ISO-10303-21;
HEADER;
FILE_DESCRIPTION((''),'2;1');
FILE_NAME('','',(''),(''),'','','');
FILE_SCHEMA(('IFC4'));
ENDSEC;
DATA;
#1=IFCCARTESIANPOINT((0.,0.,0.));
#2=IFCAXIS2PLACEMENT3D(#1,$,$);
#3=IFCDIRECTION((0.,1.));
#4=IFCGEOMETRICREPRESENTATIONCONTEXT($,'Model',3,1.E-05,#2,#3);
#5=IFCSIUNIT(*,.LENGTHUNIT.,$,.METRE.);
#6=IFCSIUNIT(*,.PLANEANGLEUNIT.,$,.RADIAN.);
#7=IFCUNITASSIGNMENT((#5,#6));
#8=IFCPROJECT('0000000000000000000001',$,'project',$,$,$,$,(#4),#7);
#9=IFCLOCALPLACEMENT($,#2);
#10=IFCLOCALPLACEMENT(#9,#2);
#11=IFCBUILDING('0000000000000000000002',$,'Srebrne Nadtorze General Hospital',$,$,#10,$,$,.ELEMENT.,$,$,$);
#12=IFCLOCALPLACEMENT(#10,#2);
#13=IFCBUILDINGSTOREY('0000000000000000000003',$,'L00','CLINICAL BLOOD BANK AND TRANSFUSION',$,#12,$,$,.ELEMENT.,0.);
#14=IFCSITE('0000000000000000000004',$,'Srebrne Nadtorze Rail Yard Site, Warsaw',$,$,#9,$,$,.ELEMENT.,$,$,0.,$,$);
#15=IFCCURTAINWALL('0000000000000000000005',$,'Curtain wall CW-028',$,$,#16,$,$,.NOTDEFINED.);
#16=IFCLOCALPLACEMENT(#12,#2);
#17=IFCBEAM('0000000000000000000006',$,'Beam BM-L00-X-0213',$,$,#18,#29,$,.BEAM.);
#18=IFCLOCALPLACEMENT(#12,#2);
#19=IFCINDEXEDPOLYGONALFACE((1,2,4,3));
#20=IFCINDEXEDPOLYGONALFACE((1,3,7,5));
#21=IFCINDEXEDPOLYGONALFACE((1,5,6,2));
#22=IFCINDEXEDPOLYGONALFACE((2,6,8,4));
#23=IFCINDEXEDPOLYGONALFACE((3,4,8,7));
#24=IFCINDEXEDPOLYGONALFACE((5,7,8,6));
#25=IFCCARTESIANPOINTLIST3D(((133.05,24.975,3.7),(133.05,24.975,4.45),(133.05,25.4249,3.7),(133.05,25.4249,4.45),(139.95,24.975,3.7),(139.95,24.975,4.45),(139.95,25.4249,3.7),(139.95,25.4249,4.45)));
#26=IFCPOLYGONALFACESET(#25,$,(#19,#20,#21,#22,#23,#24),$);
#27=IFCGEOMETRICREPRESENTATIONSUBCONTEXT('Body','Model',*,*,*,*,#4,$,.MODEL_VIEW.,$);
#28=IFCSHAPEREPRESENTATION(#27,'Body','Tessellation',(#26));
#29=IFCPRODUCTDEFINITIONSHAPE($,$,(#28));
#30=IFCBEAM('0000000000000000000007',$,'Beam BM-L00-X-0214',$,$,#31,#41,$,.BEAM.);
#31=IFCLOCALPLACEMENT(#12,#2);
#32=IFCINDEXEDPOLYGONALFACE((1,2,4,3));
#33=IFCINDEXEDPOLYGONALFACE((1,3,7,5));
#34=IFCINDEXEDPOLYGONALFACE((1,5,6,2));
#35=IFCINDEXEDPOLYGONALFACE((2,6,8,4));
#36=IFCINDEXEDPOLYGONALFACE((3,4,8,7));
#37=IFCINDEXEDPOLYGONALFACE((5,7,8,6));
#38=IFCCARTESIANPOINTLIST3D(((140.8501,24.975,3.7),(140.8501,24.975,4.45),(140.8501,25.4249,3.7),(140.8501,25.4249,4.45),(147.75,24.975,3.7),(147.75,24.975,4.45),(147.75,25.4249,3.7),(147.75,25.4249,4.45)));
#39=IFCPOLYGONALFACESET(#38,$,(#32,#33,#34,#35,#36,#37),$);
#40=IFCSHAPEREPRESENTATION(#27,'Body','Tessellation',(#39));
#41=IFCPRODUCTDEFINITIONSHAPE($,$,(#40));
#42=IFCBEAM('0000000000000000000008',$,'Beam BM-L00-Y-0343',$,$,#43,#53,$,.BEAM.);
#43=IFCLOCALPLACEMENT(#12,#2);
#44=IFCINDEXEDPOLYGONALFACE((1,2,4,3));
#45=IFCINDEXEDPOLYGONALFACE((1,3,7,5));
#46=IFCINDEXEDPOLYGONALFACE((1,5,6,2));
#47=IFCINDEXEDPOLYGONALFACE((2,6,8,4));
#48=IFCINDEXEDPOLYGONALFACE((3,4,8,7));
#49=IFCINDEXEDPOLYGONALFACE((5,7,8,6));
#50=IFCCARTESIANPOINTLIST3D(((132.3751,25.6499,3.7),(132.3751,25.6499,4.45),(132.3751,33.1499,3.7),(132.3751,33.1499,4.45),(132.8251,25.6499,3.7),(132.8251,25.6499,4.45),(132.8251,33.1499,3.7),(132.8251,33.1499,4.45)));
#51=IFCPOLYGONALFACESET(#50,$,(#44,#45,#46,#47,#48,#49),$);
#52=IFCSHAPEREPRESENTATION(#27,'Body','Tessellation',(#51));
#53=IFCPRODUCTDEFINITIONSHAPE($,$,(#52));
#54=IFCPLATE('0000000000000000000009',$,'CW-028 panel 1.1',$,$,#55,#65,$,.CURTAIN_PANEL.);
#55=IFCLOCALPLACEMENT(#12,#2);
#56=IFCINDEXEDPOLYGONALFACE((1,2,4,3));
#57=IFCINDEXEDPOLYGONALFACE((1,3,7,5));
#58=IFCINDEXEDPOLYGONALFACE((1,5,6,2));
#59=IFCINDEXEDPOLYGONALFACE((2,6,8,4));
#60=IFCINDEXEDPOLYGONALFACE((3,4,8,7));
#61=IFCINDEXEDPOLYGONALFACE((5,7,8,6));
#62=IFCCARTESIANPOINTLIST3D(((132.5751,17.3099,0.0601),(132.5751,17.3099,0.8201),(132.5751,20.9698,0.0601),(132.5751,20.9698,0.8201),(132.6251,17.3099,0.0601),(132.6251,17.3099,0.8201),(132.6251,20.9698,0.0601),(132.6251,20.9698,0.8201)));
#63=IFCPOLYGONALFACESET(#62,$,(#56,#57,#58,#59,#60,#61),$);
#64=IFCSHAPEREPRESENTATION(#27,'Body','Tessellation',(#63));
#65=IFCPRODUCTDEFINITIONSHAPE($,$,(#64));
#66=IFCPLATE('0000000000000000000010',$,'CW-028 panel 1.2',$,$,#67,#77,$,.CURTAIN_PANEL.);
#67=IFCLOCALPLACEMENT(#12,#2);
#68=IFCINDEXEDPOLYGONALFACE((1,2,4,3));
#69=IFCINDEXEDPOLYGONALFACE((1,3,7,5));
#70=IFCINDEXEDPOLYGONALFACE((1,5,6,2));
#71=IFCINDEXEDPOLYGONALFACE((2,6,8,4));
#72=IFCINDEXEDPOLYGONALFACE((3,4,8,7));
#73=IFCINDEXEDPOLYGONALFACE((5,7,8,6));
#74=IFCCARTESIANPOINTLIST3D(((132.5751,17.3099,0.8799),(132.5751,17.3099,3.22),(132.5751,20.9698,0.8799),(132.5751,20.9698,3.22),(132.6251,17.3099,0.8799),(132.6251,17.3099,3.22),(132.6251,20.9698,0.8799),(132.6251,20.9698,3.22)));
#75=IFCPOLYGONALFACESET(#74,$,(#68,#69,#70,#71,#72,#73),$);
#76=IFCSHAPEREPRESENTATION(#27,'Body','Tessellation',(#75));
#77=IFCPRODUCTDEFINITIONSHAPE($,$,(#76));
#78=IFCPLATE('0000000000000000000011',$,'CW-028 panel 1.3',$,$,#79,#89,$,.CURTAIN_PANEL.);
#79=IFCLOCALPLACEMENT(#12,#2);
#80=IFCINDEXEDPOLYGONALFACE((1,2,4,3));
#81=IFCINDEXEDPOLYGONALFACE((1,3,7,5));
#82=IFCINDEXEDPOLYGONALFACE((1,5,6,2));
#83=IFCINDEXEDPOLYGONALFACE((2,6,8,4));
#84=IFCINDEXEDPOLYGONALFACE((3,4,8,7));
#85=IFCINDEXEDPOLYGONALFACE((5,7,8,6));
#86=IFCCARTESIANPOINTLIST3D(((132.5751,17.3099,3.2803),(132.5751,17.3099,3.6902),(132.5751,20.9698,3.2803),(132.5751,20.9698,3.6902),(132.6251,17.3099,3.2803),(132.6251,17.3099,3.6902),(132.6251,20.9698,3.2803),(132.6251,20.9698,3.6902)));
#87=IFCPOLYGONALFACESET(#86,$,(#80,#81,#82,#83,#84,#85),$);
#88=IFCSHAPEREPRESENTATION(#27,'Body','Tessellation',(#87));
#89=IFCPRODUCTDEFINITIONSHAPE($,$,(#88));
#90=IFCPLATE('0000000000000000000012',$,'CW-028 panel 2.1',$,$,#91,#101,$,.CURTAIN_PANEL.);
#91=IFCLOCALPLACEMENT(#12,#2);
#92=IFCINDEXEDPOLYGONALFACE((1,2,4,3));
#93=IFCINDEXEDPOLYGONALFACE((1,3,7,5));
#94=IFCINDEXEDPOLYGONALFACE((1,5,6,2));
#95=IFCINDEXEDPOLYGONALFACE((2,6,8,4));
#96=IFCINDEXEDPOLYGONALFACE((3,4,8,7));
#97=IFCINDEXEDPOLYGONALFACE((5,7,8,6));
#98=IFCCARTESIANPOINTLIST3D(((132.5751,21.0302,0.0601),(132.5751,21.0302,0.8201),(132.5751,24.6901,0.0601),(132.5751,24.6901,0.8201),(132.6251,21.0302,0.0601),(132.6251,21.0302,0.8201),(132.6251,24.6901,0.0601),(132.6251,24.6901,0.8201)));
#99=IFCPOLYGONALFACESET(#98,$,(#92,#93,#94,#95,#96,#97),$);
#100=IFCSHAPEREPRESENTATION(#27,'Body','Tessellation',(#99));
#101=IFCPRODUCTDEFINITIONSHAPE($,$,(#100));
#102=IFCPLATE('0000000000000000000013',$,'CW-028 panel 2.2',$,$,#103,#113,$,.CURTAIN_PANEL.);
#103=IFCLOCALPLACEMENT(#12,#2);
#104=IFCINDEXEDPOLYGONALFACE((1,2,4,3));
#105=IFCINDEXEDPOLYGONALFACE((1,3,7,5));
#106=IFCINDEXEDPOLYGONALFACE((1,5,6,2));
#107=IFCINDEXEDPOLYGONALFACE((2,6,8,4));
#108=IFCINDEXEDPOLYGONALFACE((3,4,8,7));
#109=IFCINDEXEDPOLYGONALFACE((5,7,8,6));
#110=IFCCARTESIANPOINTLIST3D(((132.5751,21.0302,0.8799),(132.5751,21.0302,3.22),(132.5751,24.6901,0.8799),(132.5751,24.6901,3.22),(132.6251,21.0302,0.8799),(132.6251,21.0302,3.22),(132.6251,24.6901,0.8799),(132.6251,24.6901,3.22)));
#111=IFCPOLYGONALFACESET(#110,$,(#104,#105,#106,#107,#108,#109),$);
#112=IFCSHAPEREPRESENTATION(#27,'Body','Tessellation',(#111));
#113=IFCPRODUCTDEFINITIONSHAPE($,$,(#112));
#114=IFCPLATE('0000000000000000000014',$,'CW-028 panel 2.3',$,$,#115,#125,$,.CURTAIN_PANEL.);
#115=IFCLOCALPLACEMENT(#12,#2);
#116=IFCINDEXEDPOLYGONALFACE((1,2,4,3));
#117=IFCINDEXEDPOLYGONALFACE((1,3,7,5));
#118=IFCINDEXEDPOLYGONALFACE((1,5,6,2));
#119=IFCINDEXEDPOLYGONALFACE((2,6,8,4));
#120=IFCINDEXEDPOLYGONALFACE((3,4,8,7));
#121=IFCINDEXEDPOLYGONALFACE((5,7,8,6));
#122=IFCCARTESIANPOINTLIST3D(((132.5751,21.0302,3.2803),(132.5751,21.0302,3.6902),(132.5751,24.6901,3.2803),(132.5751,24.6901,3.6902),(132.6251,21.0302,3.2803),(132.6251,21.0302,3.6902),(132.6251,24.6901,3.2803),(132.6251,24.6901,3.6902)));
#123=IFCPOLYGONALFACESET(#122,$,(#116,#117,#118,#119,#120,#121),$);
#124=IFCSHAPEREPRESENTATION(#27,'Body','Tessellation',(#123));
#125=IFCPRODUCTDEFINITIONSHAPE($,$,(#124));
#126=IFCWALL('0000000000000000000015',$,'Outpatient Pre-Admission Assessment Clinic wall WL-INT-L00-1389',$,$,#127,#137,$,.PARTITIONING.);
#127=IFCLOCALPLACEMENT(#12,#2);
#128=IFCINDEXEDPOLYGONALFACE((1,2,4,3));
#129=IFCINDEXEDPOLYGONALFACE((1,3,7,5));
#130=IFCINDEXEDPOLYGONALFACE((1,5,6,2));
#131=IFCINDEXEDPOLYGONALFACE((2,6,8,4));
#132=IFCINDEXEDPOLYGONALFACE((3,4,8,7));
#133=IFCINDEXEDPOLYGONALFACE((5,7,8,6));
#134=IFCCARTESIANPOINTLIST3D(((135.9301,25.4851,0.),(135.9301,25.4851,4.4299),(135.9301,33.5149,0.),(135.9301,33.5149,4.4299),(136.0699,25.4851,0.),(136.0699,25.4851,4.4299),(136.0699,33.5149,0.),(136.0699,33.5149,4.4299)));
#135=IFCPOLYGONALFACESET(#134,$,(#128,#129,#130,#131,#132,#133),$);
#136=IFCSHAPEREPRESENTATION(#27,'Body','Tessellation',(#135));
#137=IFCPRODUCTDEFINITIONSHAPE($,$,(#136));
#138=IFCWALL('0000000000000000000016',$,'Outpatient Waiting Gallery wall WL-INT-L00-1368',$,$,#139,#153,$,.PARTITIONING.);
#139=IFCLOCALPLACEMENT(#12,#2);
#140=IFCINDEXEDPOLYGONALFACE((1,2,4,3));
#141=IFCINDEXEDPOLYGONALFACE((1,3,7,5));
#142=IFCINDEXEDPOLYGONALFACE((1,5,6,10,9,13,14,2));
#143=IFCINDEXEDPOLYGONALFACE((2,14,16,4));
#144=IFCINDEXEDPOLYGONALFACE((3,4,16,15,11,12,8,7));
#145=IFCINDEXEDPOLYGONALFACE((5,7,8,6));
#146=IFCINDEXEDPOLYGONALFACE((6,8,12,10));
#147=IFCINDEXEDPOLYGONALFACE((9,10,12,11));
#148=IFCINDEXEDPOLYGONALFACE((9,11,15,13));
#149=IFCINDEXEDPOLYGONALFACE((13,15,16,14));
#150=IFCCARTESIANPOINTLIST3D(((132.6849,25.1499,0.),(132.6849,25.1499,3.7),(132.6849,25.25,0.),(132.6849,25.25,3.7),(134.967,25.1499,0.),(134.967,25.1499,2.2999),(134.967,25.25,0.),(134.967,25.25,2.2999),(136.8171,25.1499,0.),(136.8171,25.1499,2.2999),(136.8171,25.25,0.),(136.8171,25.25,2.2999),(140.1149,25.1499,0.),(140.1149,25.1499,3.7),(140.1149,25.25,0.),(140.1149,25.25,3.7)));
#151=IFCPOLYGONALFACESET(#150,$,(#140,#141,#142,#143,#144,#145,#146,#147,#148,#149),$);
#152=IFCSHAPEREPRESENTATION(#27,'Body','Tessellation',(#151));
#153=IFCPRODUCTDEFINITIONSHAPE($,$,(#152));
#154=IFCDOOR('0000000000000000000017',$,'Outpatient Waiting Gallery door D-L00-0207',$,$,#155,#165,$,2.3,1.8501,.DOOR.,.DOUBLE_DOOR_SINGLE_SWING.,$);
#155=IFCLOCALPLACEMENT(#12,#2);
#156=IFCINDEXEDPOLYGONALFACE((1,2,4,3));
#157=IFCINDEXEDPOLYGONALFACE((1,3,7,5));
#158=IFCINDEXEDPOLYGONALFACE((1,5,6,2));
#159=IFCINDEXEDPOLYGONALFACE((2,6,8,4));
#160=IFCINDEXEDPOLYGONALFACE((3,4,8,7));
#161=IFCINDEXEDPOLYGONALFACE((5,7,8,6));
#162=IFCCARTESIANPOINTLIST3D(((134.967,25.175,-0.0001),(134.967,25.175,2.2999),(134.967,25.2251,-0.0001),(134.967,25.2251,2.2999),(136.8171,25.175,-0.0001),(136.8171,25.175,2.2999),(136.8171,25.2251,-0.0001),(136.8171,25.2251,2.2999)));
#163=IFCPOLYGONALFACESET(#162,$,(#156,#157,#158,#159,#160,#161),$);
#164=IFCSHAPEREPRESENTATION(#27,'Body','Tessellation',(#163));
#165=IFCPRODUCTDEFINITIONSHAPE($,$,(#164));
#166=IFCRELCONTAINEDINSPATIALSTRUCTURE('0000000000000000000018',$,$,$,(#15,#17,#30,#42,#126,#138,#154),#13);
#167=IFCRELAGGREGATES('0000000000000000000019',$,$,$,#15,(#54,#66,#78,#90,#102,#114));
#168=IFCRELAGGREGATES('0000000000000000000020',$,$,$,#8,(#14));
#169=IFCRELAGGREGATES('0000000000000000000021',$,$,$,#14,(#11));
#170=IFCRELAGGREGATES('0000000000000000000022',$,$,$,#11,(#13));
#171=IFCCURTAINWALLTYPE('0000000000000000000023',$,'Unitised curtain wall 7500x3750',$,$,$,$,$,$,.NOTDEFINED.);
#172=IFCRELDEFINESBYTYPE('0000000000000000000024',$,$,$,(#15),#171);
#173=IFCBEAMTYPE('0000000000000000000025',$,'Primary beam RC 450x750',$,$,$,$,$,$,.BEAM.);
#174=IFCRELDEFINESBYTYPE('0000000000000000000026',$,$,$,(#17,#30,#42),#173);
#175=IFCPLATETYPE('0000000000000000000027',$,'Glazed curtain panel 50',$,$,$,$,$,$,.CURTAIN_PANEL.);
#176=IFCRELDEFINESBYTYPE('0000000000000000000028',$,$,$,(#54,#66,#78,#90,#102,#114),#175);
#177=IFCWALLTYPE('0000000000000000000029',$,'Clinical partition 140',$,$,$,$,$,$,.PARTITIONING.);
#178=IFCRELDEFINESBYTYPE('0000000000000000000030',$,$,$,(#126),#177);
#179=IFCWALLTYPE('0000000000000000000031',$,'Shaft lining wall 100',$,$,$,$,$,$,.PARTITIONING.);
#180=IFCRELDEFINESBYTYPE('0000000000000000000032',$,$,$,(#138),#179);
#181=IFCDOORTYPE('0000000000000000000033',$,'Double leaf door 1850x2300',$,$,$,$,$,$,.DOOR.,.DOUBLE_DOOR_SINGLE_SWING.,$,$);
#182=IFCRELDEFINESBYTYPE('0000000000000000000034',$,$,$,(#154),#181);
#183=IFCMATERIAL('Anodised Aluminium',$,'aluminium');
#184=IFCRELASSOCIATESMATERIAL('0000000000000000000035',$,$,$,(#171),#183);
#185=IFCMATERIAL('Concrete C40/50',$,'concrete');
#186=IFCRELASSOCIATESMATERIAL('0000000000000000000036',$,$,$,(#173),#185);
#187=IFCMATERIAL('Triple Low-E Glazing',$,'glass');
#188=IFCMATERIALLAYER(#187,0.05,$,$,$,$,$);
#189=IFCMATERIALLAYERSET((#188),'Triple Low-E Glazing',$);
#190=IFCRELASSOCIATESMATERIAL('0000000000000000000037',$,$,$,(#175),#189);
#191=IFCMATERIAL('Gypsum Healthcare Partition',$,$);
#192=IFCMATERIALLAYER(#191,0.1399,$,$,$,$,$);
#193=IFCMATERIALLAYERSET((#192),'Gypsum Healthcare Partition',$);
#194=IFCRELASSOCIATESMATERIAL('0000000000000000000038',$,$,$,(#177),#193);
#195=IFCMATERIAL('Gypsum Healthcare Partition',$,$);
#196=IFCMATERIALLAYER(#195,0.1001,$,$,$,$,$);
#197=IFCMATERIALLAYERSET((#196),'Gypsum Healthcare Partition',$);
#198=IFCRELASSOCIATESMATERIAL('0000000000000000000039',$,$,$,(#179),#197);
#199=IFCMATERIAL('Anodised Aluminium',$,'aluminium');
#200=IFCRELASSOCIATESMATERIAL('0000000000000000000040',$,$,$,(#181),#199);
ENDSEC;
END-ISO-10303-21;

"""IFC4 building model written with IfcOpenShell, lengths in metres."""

from ifc_helpers import new_model, si_unit, direction, frame, frame_2d, origin, origin_2d, place, context, subcontext, project, spatial, rectangle, extrude, material, layer, layer_set, material_profile, profile_set, type_object, element, fill, aggregate, save


model = new_model("IFC4")

# Units and contexts
model_context = context("Model", 3, precision=1e-05, world=origin(), true_north=direction((0.0, 1.0)))
body_context = subcontext(model_context, "Body", "Model", "MODEL_VIEW")
ifc_project = project(units=[si_unit("LENGTHUNIT", "METRE"), si_unit("PLANEANGLEUNIT", "RADIAN")], contexts=[model_context])

# Site, building, storey
site_placement = place(None, origin())
site = spatial("IfcSite", under=ifc_project, at=site_placement, Name="Srebrne Nadtorze Rail Yard Site, Warsaw", CompositionType="ELEMENT", RefElevation=0.0)
building_placement = place(site_placement, origin())
building = spatial("IfcBuilding", under=site, at=building_placement, Name="Srebrne Nadtorze General Hospital", CompositionType="ELEMENT")
storey_placement = place(building_placement, origin())
storey = spatial("IfcBuildingStorey", under=building, at=storey_placement, Name="L00", Description="CLINICAL BLOOD BANK AND TRANSFUSION", CompositionType="ELEMENT", Elevation=0.0)

# Curtain wall
ifc_material_1 = material(Name="Anodised Aluminium", Category="aluminium")
curtain_wall_type = type_object("IfcCurtainWallType", Name="Unitised curtain wall 7500x3750", PredefinedType="NOTDEFINED", material=ifc_material_1)
curtain_wall_placement = place(storey_placement, origin())
curtain_wall = element("IfcCurtainWall", 1, at=curtain_wall_placement, inside=storey, type_object=curtain_wall_type, Name="Curtain wall CW-028", PredefinedType="NOTDEFINED")

# Beams
ifc_material_2 = material(Name="Concrete C40/50", Category="concrete")
ifc_material_profile_1 = material_profile(ifc_material_2, rectangle(XDim=0.45, YDim=0.75, at=origin_2d()), Name="RC-BM-450x750")
ifc_profile_set_1 = profile_set([ifc_material_profile_1], Name="Concrete C40/50")
beam_type = type_object("IfcBeamType", Name="Primary beam RC 450x750", PredefinedType="BEAM", material=ifc_profile_set_1)
for number, where, z_axis, x_axis, name in (
    (2, (133.05, 25.2, 4.075), (1.0, 0.0, 0.0), (0.0, 1.0, 0.0), "Beam BM-L00-X-0213"),
    (3, (140.8501, 25.2, 4.075), (1.0, 0.0, 0.0), (0.0, 1.0, 0.0), "Beam BM-L00-X-0214"),
):
    element("IfcBeam", number, at=place(storey_placement, frame(where, z_axis=z_axis, x_axis=x_axis)), inside=storey, type_object=beam_type, Name=name, PredefinedType="BEAM", context=body_context, shape_type="SweptSolid", body=[
        extrude(rectangle(XDim=0.45, YDim=0.75, at=origin_2d()), origin(), (0.0, 0.0, 1.0), 6.8999),
    ])
beam_placement = place(storey_placement, frame((132.6001, 25.6499, 4.075), z_axis=(0.0, 1.0, 0.0), x_axis=(-1.0, 0.0, 0.0)))
element("IfcBeam", 4, at=beam_placement, inside=storey, type_object=beam_type, Name="Beam BM-L00-Y-0343", PredefinedType="BEAM", context=body_context, shape_type="SweptSolid", body=[
    extrude(rectangle(XDim=0.45, YDim=0.75, at=origin_2d()), origin(), (0.0, 0.0, 1.0), 7.5),
])

# Plates
ifc_material_3 = material(Name="Triple Low-E Glazing", Category="glass")
ifc_layer_1 = layer(ifc_material_3, 0.05)
ifc_layer_set_1 = layer_set([ifc_layer_1], Name="Triple Low-E Glazing")
plate_type = type_object("IfcPlateType", Name="Glazed curtain panel 50", PredefinedType="CURTAIN_PANEL", material=ifc_layer_set_1)
plate_1_placement = place(storey_placement, frame((132.6001, 19.1399, 0.0601), z_axis=(0.0, 0.0, 1.0), x_axis=(0.0, 1.0, 0.0)))
plate_1 = element("IfcPlate", 5, at=plate_1_placement, type_object=plate_type, Name="CW-028 panel 1.1", PredefinedType="CURTAIN_PANEL", context=body_context, shape_type="SweptSolid", body=[
    extrude(rectangle(XDim=3.6599, YDim=0.05, at=origin_2d()), origin(), (0.0, 0.0, 1.0), 0.76),
])
plate_2_placement = place(storey_placement, frame((132.6001, 19.1399, 0.8799), z_axis=(0.0, 0.0, 1.0), x_axis=(0.0, 1.0, 0.0)))
plate_2 = element("IfcPlate", 6, at=plate_2_placement, type_object=plate_type, Name="CW-028 panel 1.2", PredefinedType="CURTAIN_PANEL", context=body_context, shape_type="SweptSolid", body=[
    extrude(rectangle(XDim=3.6599, YDim=0.05, at=origin_2d()), origin(), (0.0, 0.0, 1.0), 2.3401),
])
plate_3_placement = place(storey_placement, frame((132.6001, 19.1399, 3.2803), z_axis=(0.0, 0.0, 1.0), x_axis=(0.0, 1.0, 0.0)))
plate_3 = element("IfcPlate", 7, at=plate_3_placement, type_object=plate_type, Name="CW-028 panel 1.3", PredefinedType="CURTAIN_PANEL", context=body_context, shape_type="SweptSolid", body=[
    extrude(rectangle(XDim=3.6599, YDim=0.05, at=origin_2d()), origin(), (0.0, 0.0, 1.0), 0.4099),
])
plate_4_placement = place(storey_placement, frame((132.6001, 22.8601, 0.0601), z_axis=(0.0, 0.0, 1.0), x_axis=(0.0, 1.0, 0.0)))
plate_4 = element("IfcPlate", 8, at=plate_4_placement, type_object=plate_type, Name="CW-028 panel 2.1", PredefinedType="CURTAIN_PANEL", context=body_context, shape_type="SweptSolid", body=[
    extrude(rectangle(XDim=3.6599, YDim=0.05, at=origin_2d()), origin(), (0.0, 0.0, 1.0), 0.76),
])
plate_5_placement = place(storey_placement, frame((132.6001, 22.8601, 0.8799), z_axis=(0.0, 0.0, 1.0), x_axis=(0.0, 1.0, 0.0)))
plate_5 = element("IfcPlate", 9, at=plate_5_placement, type_object=plate_type, Name="CW-028 panel 2.2", PredefinedType="CURTAIN_PANEL", context=body_context, shape_type="SweptSolid", body=[
    extrude(rectangle(XDim=3.6599, YDim=0.05, at=origin_2d()), origin(), (0.0, 0.0, 1.0), 2.3401),
])
plate_6_placement = place(storey_placement, frame((132.6001, 22.8601, 3.2803), z_axis=(0.0, 0.0, 1.0), x_axis=(0.0, 1.0, 0.0)))
plate_6 = element("IfcPlate", 10, at=plate_6_placement, type_object=plate_type, Name="CW-028 panel 2.3", PredefinedType="CURTAIN_PANEL", context=body_context, shape_type="SweptSolid", body=[
    extrude(rectangle(XDim=3.6599, YDim=0.05, at=origin_2d()), origin(), (0.0, 0.0, 1.0), 0.4099),
])
aggregate(curtain_wall, [plate_1, plate_2, plate_3, plate_4, plate_5, plate_6])

# Wall
ifc_material_4 = material(Name="Gypsum Healthcare Partition")
ifc_layer_2 = layer(ifc_material_4, 0.1399)
ifc_layer_set_2 = layer_set([ifc_layer_2], Name="Gypsum Healthcare Partition")
wall_type_1 = type_object("IfcWallType", Name="Clinical partition 140", PredefinedType="PARTITIONING", material=ifc_layer_set_2)
wall_1_placement = place(storey_placement, frame((136.0, 25.4851, 0.0), z_axis=(0.0, 0.0, 1.0), x_axis=(0.0, 1.0, 0.0)))
element("IfcWall", 11, at=wall_1_placement, inside=storey, type_object=wall_type_1, Name="Outpatient Pre-Admission Assessment Clinic wall WL-INT-L00-1389", PredefinedType="PARTITIONING", context=body_context, shape_type="SweptSolid", body=[
    extrude(rectangle(XDim=8.0298, YDim=0.1399, at=frame_2d((4.0149, 0.0))), origin(), (0.0, 0.0, 1.0), 4.4299),
])

# Wall, opening, door
ifc_material_5 = material(Name="Gypsum Healthcare Partition")
ifc_layer_3 = layer(ifc_material_5, 0.1001)
ifc_layer_set_3 = layer_set([ifc_layer_3], Name="Gypsum Healthcare Partition")
wall_type_2 = type_object("IfcWallType", Name="Shaft lining wall 100", PredefinedType="PARTITIONING", material=ifc_layer_set_3)
wall_2_placement = place(storey_placement, frame((132.6851, 25.2, 0.0), z_axis=(0.0, 0.0, 1.0), x_axis=(1.0, 0.0, 0.0)))
wall_2 = element("IfcWall", 12, at=wall_2_placement, inside=storey, type_object=wall_type_2, Name="Outpatient Waiting Gallery wall WL-INT-L00-1368", PredefinedType="PARTITIONING", context=body_context, shape_type="SweptSolid", body=[
    extrude(rectangle(XDim=7.4299, YDim=0.1001, at=frame_2d((3.7148, 0.0))), origin(), (0.0, 0.0, 1.0), 3.7),
])
opening_placement = place(wall_2_placement, frame((2.282, 0.0, 0.0)))
opening = element("IfcOpeningElement", 13, at=opening_placement, cuts=wall_2, PredefinedType="OPENING", context=body_context, shape_type="SweptSolid", body=[
    extrude(rectangle(XDim=1.8501, YDim=2.3, at=frame_2d((0.925, 1.1499))), frame((0.0, 0.062, 0.0), z_axis=(0.0, -1.0, 0.0), x_axis=(1.0, 0.0, 0.0)), (0.0, 0.0, 1.0), 0.124),
])
ifc_material_6 = material(Name="Anodised Aluminium", Category="aluminium")
door_type = type_object("IfcDoorType", Name="Double leaf door 1850x2300", OperationType="DOUBLE_DOOR_SINGLE_SWING", PredefinedType="DOOR", material=ifc_material_6)
door_placement = place(opening_placement, frame((1.8501, 0.0, 0.0), z_axis=(0.0, 0.0, 1.0), x_axis=(-1.0, 0.0, 0.0)))
door = element("IfcDoor", 14, at=door_placement, inside=storey, type_object=door_type, Name="Outpatient Waiting Gallery door D-L00-0207", OperationType="DOUBLE_DOOR_SINGLE_SWING", OverallHeight=2.3, OverallWidth=1.8501, PredefinedType="DOOR", context=body_context, shape_type="SweptSolid", body=[
    extrude(rectangle(XDim=1.8501, YDim=2.3, at=frame_2d((0.925, 1.1499))), frame((0.0, 0.0249, 0.0), z_axis=(0.0, -1.0, 0.0), x_axis=(1.0, 0.0, 0.0)), (0.0, 0.0, 1.0), 0.05),
])
fill(opening, door)

save(model, "model.ifc")
